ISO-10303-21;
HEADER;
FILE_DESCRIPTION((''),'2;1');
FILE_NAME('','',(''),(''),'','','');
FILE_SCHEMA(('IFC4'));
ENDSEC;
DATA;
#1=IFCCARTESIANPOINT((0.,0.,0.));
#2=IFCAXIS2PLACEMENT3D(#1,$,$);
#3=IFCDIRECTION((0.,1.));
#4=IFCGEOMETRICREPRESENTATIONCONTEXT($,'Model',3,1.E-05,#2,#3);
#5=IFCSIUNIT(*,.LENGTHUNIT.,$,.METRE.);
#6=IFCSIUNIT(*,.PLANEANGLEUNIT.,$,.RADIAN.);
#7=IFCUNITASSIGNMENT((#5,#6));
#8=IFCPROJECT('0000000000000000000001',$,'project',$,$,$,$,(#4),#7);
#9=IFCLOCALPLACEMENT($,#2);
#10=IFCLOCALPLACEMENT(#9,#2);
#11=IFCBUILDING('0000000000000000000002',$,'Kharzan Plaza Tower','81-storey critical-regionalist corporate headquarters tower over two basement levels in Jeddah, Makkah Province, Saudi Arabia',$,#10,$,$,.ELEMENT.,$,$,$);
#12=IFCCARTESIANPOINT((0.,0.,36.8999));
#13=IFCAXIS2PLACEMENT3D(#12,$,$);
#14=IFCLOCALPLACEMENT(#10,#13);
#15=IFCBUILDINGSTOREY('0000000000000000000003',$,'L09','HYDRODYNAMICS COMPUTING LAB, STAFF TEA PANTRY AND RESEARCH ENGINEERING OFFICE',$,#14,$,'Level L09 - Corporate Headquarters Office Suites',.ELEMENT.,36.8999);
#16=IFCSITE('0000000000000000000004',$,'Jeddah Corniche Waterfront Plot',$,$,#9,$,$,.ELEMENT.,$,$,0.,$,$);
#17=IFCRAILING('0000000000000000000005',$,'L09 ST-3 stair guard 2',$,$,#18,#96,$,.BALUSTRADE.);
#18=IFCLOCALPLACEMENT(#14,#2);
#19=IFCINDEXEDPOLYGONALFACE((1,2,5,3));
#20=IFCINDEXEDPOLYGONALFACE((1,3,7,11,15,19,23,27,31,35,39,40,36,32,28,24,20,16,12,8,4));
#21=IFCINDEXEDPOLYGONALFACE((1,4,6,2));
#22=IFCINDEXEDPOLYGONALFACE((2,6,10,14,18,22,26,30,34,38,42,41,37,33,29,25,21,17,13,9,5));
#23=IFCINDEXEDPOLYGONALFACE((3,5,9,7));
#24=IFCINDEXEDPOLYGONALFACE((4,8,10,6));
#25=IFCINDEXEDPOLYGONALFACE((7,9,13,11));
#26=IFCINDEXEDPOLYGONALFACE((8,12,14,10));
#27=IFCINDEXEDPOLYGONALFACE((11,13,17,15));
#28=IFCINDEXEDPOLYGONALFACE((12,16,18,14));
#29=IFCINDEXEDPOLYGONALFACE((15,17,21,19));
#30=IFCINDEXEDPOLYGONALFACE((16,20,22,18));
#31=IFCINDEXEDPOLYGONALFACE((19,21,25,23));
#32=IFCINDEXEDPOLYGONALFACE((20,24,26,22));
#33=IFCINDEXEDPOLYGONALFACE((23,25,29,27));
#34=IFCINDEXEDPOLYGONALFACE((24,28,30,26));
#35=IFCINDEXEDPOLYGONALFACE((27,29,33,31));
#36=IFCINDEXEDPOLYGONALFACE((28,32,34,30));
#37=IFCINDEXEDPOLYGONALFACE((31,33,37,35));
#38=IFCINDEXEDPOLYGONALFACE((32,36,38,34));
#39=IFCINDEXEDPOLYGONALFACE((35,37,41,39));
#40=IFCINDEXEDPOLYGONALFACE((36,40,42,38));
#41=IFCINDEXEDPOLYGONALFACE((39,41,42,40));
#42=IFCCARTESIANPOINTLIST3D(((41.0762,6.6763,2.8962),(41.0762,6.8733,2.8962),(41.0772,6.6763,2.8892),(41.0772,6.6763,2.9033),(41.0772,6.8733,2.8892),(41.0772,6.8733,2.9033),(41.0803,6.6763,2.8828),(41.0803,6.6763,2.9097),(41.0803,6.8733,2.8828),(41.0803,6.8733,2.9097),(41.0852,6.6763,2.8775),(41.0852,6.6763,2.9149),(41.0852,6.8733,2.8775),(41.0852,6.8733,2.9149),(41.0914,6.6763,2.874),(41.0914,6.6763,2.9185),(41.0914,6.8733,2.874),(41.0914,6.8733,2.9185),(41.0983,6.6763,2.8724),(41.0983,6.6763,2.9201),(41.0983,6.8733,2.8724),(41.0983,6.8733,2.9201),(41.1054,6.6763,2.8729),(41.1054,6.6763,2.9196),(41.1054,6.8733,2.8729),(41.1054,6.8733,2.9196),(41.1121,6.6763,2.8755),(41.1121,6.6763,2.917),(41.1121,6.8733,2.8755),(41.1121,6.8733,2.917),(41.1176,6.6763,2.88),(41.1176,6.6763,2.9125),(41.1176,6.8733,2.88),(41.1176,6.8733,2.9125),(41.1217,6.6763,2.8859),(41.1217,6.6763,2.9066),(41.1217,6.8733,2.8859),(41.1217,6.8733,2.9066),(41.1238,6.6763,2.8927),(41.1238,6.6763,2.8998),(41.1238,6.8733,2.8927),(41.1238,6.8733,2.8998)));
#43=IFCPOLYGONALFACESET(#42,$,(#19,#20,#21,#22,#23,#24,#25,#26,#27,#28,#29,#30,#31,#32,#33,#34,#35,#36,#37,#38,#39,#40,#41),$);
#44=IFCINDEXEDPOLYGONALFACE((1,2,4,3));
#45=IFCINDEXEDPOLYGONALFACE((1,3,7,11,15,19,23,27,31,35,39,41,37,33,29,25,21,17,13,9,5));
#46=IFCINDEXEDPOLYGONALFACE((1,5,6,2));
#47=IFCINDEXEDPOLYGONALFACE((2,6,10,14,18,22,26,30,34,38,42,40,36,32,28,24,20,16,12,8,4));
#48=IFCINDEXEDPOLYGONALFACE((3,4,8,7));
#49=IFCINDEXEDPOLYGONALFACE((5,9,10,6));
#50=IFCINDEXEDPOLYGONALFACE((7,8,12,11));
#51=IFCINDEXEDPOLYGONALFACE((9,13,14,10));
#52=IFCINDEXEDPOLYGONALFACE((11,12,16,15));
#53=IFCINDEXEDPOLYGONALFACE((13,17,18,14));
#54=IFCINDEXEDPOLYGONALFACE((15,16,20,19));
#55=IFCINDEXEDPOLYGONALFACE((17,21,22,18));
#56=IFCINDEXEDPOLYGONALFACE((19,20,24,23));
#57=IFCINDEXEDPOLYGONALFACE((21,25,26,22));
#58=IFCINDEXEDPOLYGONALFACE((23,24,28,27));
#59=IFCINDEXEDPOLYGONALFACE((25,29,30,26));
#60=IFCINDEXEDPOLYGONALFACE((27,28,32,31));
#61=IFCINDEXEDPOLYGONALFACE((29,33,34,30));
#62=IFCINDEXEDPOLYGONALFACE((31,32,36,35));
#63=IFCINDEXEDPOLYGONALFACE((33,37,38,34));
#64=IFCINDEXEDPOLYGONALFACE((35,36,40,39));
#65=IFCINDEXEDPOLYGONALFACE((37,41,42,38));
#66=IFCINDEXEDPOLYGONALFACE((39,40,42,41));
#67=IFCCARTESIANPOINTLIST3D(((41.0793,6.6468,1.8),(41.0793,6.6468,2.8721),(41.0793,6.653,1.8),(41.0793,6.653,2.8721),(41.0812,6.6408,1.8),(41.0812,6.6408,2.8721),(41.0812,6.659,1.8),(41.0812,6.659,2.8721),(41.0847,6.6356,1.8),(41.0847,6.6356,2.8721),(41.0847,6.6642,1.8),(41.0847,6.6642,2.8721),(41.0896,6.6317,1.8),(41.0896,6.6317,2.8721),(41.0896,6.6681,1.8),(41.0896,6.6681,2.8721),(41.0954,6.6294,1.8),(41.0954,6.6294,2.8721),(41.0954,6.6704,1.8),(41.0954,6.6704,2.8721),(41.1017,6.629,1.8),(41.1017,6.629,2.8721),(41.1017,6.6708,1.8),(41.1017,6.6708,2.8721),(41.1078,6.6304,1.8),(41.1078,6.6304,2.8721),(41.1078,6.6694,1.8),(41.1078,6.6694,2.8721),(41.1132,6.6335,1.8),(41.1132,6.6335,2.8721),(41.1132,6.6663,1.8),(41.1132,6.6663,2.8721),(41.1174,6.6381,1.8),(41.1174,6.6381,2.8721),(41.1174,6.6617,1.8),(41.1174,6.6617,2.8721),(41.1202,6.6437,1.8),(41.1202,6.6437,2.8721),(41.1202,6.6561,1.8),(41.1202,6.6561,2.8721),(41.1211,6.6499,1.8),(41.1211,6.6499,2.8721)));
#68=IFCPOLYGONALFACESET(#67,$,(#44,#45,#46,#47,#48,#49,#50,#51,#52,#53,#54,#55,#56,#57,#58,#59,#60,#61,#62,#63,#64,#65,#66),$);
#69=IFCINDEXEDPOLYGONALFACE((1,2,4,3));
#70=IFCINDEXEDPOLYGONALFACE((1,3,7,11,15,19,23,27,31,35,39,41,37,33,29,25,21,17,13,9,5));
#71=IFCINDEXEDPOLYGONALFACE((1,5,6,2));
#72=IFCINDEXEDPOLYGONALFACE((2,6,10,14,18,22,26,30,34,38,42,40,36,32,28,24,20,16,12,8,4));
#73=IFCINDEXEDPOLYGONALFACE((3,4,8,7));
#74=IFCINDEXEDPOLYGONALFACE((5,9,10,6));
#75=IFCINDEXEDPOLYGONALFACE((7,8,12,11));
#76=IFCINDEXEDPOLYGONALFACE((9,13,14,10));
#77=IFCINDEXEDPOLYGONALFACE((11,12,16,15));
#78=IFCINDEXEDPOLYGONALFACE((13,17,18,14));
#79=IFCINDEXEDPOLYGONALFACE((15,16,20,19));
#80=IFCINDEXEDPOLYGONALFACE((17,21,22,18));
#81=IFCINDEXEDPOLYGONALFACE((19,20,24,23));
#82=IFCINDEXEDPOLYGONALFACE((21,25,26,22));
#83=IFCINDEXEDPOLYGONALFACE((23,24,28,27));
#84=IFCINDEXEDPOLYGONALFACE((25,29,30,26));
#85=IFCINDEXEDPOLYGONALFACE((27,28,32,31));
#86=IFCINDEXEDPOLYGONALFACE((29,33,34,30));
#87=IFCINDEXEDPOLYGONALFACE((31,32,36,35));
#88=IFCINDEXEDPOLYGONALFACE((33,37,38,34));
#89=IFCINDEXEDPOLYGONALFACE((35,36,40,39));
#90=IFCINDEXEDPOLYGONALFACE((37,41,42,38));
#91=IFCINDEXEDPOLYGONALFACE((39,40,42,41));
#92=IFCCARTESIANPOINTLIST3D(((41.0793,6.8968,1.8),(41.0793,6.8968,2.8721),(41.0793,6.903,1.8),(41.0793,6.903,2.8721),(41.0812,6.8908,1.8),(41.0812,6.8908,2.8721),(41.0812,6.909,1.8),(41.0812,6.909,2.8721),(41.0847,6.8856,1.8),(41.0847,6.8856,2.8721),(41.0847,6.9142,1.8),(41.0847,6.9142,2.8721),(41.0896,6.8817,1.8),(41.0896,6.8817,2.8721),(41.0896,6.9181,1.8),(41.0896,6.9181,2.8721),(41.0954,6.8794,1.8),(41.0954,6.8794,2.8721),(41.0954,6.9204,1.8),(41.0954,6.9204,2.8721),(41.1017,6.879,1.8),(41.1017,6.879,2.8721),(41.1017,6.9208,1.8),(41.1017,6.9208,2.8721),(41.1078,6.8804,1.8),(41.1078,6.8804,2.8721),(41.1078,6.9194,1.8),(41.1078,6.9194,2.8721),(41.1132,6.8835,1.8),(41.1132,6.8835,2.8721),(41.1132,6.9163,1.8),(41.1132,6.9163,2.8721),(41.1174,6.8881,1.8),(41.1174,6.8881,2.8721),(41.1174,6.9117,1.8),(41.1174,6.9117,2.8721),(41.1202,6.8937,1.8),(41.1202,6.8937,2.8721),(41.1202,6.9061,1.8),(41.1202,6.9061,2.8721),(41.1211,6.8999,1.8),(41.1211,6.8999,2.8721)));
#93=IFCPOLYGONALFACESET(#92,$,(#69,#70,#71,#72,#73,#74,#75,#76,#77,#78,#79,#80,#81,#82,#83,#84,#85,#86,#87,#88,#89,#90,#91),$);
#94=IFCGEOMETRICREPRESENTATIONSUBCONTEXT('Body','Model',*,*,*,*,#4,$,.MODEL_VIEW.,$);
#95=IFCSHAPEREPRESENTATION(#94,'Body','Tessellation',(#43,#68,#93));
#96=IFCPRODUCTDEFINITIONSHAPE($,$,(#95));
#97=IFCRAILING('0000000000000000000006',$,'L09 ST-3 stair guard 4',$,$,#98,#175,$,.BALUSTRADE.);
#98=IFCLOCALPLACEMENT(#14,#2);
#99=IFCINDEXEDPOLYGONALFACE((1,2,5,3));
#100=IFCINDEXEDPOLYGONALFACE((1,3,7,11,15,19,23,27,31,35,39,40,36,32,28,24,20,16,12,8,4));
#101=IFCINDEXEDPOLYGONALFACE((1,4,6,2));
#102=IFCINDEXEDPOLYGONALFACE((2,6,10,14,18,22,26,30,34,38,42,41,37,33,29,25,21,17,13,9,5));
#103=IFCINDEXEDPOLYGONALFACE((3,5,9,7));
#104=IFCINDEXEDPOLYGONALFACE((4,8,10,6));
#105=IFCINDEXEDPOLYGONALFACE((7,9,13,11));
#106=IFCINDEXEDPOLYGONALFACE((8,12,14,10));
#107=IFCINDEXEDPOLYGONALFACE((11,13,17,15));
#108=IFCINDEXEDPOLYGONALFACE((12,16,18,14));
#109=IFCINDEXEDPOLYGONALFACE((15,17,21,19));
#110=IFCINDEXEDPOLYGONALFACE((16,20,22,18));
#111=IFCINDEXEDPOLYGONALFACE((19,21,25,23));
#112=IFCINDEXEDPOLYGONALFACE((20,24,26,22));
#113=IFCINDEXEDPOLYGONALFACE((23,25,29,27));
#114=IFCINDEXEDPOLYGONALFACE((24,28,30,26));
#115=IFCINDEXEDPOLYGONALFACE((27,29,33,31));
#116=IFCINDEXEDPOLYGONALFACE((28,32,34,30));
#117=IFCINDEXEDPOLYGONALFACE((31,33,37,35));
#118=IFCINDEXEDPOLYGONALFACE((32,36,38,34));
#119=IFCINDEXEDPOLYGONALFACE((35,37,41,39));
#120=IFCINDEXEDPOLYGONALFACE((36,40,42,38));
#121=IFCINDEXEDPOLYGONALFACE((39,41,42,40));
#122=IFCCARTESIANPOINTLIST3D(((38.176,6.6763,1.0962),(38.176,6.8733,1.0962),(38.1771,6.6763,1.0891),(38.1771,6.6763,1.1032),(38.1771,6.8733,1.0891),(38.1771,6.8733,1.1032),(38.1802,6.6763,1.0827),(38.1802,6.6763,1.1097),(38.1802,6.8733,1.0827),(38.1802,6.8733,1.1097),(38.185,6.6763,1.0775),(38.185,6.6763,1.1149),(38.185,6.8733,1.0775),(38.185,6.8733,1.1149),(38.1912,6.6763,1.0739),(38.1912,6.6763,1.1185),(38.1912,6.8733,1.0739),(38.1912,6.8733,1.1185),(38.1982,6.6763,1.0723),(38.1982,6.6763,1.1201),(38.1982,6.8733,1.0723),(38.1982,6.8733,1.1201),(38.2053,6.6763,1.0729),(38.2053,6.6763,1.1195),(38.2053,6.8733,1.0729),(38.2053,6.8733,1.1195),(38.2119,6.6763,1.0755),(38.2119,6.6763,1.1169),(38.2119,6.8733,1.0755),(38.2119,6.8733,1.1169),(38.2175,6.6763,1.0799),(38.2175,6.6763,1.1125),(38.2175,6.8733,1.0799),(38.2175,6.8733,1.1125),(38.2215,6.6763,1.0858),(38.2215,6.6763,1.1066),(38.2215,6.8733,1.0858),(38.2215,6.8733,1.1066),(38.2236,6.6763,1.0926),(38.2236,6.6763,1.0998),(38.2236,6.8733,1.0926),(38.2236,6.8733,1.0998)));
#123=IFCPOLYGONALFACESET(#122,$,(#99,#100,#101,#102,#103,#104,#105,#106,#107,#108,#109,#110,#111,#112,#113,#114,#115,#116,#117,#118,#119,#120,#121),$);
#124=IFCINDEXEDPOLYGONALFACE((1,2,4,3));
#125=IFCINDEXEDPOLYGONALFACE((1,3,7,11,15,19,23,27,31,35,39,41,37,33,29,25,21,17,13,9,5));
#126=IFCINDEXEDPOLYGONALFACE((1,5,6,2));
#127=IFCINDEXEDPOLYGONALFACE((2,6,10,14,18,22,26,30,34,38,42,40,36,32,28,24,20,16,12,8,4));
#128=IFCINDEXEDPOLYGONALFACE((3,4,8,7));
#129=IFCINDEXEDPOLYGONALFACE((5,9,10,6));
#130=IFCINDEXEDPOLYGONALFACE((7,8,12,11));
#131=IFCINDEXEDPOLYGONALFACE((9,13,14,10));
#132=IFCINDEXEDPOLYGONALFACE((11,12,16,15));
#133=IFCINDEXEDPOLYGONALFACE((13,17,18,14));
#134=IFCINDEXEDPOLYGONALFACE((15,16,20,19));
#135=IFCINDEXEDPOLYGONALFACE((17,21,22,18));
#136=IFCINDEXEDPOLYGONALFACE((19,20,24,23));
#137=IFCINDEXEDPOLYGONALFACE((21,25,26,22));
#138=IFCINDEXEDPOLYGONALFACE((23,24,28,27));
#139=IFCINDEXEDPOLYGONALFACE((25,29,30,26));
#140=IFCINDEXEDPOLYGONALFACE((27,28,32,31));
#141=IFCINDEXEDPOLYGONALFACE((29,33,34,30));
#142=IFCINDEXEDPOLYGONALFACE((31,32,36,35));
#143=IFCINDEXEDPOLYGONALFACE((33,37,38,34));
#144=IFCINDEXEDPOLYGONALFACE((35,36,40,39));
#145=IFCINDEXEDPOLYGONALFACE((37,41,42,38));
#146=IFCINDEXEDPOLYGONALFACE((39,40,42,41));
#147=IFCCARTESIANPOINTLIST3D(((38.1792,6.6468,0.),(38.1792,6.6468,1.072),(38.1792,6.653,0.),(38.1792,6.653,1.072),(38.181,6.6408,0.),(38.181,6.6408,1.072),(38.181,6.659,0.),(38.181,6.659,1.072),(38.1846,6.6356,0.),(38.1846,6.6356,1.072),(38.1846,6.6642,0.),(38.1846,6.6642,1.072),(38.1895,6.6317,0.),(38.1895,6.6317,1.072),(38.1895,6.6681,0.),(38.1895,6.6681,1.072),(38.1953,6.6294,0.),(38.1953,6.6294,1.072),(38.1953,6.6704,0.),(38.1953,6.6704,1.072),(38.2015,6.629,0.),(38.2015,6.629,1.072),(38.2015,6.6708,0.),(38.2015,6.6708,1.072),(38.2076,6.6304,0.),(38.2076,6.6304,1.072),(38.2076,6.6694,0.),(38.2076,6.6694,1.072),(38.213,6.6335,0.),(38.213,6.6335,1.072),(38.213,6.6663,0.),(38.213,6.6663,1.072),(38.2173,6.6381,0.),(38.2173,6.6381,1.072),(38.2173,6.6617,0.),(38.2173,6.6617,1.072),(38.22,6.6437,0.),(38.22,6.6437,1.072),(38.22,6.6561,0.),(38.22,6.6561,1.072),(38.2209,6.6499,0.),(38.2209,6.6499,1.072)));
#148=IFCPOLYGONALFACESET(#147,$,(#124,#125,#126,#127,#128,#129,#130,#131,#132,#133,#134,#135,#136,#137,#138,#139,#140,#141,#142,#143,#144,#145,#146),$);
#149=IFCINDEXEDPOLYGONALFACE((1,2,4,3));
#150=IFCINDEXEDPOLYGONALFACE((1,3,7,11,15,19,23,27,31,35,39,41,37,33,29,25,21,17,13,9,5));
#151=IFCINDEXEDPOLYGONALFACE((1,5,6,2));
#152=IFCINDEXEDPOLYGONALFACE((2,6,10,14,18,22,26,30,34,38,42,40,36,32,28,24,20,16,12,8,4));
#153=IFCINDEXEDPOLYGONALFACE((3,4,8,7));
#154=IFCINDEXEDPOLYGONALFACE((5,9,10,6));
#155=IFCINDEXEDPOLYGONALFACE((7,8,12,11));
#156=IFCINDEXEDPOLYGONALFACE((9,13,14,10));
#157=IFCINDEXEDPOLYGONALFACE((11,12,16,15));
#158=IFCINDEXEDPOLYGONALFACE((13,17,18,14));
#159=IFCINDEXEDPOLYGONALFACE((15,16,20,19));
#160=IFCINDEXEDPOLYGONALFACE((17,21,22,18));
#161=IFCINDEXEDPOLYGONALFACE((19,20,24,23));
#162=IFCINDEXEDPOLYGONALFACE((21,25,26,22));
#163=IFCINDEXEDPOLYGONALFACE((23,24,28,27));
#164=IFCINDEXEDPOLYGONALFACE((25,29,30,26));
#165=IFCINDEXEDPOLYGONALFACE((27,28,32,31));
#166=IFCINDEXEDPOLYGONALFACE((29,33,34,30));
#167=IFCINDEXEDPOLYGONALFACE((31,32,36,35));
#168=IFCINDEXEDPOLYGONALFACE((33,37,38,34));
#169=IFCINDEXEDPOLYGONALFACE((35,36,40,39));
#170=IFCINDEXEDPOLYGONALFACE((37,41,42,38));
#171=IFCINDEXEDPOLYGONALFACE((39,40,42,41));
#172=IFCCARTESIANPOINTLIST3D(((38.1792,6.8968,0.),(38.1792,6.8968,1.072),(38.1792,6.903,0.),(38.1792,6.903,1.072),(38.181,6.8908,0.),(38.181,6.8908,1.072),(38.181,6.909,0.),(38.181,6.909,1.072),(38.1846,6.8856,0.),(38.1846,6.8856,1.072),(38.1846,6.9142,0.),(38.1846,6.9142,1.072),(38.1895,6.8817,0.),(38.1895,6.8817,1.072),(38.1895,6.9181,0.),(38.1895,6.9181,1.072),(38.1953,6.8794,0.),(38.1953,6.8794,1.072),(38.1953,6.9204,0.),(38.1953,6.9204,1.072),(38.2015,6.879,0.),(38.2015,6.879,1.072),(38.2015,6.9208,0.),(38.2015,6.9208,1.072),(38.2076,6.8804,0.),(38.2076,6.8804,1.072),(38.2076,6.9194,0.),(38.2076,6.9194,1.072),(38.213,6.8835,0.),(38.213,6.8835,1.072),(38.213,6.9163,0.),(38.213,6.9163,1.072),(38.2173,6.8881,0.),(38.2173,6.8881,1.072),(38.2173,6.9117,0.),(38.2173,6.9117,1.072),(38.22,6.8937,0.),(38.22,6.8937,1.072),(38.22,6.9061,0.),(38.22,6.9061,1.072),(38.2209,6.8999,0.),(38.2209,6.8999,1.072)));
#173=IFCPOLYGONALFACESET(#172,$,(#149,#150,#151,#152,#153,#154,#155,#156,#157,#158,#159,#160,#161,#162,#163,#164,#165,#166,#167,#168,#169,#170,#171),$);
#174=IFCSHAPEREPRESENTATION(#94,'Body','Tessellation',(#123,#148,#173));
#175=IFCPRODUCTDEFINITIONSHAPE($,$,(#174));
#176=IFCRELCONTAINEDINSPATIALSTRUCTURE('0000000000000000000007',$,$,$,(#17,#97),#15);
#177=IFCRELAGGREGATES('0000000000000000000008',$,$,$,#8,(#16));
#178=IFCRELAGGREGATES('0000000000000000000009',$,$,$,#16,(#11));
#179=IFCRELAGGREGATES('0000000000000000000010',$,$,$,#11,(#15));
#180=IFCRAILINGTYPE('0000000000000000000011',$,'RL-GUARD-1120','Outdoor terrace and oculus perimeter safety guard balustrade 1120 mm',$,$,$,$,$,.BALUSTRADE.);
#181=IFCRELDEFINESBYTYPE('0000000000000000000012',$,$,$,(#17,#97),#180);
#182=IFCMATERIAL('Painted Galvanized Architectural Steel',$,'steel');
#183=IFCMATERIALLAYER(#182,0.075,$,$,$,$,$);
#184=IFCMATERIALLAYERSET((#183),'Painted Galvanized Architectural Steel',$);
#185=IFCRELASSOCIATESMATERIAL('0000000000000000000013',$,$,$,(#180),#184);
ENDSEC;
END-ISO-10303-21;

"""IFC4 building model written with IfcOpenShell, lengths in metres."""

from ifc_helpers import new_model, si_unit, direction, frame, origin, origin_2d, place, context, subcontext, project, spatial, circle, extrude, source, transform, mapped, material, layer, layer_set, type_object, element, save


model = new_model("IFC4")

# Units and contexts
model_context = context("Model", 3, precision=1e-05, world=origin(), true_north=direction((0.0, 1.0)))
body_context = subcontext(model_context, "Body", "Model", "MODEL_VIEW")
ifc_project = project(units=[si_unit("LENGTHUNIT", "METRE"), si_unit("PLANEANGLEUNIT", "RADIAN")], contexts=[model_context])

# Site, building, storey
site_placement = place(None, origin())
site = spatial("IfcSite", under=ifc_project, at=site_placement, Name="Jeddah Corniche Waterfront Plot", CompositionType="ELEMENT", RefElevation=0.0)
building_placement = place(site_placement, origin())
building = spatial("IfcBuilding", under=site, at=building_placement, Name="Kharzan Plaza Tower", Description="81-storey critical-regionalist corporate headquarters tower over two basement levels in Jeddah, Makkah Province, Saudi Arabia", CompositionType="ELEMENT")
storey_placement = place(building_placement, frame((0.0, 0.0, 36.8999)))
storey = spatial("IfcBuildingStorey", under=building, at=storey_placement, Name="L09", Description="HYDRODYNAMICS COMPUTING LAB, STAFF TEA PANTRY AND RESEARCH ENGINEERING OFFICE", LongName="Level L09 - Corporate Headquarters Office Suites", CompositionType="ELEMENT", Elevation=36.8999)

# Railings
ifc_material_1 = material(Name="Painted Galvanized Architectural Steel", Category="steel")
ifc_layer_1 = layer(ifc_material_1, 0.075)
ifc_layer_set_1 = layer_set([ifc_layer_1], Name="Painted Galvanized Architectural Steel")
railing_type_1 = type_object("IfcRailingType", Name="RL-GUARD-1120", Description="Outdoor terrace and oculus perimeter safety guard balustrade 1120 mm", PredefinedType="BALUSTRADE", material=ifc_layer_set_1)
shared_shape_1 = source(origin(), body_context, "Body", "SweptSolid", [
    extrude(circle(Radius=0.0239, at=origin_2d()), frame((0.0, 0.0264, 1.0962), z_axis=(0.0, 1.0, 0.0), x_axis=(-1.0, 0.0, 0.0)), (0.0, 0.0, 1.0), 0.197),
    extrude(circle(Radius=0.021, at=origin_2d()), origin(), (0.0, 0.0, 1.0), 1.072),
    extrude(circle(Radius=0.021, at=origin_2d()), frame((0.0, 0.25, 0.0)), (0.0, 0.0, 1.0), 1.072),
])
for number, where, name in (
    (1, (41.1001, 6.6499, 1.8), "L09 ST-3 stair guard 2"),
    (2, (38.2, 6.6499, 0.0), "L09 ST-3 stair guard 4"),
):
    element("IfcRailing", number, at=place(storey_placement, frame(where)), inside=storey, type_object=railing_type_1, Name=name, PredefinedType="BALUSTRADE", context=body_context, shape_type="MappedRepresentation", body=[
        mapped(shared_shape_1, transform((0.0, 0.0, 0.0), x_axis=(1.0, 0.0, 0.0), y_axis=(0.0, 1.0, 0.0), z_axis=(0.0, 0.0, 1.0))),
    ])

save(model, "model.ifc")
